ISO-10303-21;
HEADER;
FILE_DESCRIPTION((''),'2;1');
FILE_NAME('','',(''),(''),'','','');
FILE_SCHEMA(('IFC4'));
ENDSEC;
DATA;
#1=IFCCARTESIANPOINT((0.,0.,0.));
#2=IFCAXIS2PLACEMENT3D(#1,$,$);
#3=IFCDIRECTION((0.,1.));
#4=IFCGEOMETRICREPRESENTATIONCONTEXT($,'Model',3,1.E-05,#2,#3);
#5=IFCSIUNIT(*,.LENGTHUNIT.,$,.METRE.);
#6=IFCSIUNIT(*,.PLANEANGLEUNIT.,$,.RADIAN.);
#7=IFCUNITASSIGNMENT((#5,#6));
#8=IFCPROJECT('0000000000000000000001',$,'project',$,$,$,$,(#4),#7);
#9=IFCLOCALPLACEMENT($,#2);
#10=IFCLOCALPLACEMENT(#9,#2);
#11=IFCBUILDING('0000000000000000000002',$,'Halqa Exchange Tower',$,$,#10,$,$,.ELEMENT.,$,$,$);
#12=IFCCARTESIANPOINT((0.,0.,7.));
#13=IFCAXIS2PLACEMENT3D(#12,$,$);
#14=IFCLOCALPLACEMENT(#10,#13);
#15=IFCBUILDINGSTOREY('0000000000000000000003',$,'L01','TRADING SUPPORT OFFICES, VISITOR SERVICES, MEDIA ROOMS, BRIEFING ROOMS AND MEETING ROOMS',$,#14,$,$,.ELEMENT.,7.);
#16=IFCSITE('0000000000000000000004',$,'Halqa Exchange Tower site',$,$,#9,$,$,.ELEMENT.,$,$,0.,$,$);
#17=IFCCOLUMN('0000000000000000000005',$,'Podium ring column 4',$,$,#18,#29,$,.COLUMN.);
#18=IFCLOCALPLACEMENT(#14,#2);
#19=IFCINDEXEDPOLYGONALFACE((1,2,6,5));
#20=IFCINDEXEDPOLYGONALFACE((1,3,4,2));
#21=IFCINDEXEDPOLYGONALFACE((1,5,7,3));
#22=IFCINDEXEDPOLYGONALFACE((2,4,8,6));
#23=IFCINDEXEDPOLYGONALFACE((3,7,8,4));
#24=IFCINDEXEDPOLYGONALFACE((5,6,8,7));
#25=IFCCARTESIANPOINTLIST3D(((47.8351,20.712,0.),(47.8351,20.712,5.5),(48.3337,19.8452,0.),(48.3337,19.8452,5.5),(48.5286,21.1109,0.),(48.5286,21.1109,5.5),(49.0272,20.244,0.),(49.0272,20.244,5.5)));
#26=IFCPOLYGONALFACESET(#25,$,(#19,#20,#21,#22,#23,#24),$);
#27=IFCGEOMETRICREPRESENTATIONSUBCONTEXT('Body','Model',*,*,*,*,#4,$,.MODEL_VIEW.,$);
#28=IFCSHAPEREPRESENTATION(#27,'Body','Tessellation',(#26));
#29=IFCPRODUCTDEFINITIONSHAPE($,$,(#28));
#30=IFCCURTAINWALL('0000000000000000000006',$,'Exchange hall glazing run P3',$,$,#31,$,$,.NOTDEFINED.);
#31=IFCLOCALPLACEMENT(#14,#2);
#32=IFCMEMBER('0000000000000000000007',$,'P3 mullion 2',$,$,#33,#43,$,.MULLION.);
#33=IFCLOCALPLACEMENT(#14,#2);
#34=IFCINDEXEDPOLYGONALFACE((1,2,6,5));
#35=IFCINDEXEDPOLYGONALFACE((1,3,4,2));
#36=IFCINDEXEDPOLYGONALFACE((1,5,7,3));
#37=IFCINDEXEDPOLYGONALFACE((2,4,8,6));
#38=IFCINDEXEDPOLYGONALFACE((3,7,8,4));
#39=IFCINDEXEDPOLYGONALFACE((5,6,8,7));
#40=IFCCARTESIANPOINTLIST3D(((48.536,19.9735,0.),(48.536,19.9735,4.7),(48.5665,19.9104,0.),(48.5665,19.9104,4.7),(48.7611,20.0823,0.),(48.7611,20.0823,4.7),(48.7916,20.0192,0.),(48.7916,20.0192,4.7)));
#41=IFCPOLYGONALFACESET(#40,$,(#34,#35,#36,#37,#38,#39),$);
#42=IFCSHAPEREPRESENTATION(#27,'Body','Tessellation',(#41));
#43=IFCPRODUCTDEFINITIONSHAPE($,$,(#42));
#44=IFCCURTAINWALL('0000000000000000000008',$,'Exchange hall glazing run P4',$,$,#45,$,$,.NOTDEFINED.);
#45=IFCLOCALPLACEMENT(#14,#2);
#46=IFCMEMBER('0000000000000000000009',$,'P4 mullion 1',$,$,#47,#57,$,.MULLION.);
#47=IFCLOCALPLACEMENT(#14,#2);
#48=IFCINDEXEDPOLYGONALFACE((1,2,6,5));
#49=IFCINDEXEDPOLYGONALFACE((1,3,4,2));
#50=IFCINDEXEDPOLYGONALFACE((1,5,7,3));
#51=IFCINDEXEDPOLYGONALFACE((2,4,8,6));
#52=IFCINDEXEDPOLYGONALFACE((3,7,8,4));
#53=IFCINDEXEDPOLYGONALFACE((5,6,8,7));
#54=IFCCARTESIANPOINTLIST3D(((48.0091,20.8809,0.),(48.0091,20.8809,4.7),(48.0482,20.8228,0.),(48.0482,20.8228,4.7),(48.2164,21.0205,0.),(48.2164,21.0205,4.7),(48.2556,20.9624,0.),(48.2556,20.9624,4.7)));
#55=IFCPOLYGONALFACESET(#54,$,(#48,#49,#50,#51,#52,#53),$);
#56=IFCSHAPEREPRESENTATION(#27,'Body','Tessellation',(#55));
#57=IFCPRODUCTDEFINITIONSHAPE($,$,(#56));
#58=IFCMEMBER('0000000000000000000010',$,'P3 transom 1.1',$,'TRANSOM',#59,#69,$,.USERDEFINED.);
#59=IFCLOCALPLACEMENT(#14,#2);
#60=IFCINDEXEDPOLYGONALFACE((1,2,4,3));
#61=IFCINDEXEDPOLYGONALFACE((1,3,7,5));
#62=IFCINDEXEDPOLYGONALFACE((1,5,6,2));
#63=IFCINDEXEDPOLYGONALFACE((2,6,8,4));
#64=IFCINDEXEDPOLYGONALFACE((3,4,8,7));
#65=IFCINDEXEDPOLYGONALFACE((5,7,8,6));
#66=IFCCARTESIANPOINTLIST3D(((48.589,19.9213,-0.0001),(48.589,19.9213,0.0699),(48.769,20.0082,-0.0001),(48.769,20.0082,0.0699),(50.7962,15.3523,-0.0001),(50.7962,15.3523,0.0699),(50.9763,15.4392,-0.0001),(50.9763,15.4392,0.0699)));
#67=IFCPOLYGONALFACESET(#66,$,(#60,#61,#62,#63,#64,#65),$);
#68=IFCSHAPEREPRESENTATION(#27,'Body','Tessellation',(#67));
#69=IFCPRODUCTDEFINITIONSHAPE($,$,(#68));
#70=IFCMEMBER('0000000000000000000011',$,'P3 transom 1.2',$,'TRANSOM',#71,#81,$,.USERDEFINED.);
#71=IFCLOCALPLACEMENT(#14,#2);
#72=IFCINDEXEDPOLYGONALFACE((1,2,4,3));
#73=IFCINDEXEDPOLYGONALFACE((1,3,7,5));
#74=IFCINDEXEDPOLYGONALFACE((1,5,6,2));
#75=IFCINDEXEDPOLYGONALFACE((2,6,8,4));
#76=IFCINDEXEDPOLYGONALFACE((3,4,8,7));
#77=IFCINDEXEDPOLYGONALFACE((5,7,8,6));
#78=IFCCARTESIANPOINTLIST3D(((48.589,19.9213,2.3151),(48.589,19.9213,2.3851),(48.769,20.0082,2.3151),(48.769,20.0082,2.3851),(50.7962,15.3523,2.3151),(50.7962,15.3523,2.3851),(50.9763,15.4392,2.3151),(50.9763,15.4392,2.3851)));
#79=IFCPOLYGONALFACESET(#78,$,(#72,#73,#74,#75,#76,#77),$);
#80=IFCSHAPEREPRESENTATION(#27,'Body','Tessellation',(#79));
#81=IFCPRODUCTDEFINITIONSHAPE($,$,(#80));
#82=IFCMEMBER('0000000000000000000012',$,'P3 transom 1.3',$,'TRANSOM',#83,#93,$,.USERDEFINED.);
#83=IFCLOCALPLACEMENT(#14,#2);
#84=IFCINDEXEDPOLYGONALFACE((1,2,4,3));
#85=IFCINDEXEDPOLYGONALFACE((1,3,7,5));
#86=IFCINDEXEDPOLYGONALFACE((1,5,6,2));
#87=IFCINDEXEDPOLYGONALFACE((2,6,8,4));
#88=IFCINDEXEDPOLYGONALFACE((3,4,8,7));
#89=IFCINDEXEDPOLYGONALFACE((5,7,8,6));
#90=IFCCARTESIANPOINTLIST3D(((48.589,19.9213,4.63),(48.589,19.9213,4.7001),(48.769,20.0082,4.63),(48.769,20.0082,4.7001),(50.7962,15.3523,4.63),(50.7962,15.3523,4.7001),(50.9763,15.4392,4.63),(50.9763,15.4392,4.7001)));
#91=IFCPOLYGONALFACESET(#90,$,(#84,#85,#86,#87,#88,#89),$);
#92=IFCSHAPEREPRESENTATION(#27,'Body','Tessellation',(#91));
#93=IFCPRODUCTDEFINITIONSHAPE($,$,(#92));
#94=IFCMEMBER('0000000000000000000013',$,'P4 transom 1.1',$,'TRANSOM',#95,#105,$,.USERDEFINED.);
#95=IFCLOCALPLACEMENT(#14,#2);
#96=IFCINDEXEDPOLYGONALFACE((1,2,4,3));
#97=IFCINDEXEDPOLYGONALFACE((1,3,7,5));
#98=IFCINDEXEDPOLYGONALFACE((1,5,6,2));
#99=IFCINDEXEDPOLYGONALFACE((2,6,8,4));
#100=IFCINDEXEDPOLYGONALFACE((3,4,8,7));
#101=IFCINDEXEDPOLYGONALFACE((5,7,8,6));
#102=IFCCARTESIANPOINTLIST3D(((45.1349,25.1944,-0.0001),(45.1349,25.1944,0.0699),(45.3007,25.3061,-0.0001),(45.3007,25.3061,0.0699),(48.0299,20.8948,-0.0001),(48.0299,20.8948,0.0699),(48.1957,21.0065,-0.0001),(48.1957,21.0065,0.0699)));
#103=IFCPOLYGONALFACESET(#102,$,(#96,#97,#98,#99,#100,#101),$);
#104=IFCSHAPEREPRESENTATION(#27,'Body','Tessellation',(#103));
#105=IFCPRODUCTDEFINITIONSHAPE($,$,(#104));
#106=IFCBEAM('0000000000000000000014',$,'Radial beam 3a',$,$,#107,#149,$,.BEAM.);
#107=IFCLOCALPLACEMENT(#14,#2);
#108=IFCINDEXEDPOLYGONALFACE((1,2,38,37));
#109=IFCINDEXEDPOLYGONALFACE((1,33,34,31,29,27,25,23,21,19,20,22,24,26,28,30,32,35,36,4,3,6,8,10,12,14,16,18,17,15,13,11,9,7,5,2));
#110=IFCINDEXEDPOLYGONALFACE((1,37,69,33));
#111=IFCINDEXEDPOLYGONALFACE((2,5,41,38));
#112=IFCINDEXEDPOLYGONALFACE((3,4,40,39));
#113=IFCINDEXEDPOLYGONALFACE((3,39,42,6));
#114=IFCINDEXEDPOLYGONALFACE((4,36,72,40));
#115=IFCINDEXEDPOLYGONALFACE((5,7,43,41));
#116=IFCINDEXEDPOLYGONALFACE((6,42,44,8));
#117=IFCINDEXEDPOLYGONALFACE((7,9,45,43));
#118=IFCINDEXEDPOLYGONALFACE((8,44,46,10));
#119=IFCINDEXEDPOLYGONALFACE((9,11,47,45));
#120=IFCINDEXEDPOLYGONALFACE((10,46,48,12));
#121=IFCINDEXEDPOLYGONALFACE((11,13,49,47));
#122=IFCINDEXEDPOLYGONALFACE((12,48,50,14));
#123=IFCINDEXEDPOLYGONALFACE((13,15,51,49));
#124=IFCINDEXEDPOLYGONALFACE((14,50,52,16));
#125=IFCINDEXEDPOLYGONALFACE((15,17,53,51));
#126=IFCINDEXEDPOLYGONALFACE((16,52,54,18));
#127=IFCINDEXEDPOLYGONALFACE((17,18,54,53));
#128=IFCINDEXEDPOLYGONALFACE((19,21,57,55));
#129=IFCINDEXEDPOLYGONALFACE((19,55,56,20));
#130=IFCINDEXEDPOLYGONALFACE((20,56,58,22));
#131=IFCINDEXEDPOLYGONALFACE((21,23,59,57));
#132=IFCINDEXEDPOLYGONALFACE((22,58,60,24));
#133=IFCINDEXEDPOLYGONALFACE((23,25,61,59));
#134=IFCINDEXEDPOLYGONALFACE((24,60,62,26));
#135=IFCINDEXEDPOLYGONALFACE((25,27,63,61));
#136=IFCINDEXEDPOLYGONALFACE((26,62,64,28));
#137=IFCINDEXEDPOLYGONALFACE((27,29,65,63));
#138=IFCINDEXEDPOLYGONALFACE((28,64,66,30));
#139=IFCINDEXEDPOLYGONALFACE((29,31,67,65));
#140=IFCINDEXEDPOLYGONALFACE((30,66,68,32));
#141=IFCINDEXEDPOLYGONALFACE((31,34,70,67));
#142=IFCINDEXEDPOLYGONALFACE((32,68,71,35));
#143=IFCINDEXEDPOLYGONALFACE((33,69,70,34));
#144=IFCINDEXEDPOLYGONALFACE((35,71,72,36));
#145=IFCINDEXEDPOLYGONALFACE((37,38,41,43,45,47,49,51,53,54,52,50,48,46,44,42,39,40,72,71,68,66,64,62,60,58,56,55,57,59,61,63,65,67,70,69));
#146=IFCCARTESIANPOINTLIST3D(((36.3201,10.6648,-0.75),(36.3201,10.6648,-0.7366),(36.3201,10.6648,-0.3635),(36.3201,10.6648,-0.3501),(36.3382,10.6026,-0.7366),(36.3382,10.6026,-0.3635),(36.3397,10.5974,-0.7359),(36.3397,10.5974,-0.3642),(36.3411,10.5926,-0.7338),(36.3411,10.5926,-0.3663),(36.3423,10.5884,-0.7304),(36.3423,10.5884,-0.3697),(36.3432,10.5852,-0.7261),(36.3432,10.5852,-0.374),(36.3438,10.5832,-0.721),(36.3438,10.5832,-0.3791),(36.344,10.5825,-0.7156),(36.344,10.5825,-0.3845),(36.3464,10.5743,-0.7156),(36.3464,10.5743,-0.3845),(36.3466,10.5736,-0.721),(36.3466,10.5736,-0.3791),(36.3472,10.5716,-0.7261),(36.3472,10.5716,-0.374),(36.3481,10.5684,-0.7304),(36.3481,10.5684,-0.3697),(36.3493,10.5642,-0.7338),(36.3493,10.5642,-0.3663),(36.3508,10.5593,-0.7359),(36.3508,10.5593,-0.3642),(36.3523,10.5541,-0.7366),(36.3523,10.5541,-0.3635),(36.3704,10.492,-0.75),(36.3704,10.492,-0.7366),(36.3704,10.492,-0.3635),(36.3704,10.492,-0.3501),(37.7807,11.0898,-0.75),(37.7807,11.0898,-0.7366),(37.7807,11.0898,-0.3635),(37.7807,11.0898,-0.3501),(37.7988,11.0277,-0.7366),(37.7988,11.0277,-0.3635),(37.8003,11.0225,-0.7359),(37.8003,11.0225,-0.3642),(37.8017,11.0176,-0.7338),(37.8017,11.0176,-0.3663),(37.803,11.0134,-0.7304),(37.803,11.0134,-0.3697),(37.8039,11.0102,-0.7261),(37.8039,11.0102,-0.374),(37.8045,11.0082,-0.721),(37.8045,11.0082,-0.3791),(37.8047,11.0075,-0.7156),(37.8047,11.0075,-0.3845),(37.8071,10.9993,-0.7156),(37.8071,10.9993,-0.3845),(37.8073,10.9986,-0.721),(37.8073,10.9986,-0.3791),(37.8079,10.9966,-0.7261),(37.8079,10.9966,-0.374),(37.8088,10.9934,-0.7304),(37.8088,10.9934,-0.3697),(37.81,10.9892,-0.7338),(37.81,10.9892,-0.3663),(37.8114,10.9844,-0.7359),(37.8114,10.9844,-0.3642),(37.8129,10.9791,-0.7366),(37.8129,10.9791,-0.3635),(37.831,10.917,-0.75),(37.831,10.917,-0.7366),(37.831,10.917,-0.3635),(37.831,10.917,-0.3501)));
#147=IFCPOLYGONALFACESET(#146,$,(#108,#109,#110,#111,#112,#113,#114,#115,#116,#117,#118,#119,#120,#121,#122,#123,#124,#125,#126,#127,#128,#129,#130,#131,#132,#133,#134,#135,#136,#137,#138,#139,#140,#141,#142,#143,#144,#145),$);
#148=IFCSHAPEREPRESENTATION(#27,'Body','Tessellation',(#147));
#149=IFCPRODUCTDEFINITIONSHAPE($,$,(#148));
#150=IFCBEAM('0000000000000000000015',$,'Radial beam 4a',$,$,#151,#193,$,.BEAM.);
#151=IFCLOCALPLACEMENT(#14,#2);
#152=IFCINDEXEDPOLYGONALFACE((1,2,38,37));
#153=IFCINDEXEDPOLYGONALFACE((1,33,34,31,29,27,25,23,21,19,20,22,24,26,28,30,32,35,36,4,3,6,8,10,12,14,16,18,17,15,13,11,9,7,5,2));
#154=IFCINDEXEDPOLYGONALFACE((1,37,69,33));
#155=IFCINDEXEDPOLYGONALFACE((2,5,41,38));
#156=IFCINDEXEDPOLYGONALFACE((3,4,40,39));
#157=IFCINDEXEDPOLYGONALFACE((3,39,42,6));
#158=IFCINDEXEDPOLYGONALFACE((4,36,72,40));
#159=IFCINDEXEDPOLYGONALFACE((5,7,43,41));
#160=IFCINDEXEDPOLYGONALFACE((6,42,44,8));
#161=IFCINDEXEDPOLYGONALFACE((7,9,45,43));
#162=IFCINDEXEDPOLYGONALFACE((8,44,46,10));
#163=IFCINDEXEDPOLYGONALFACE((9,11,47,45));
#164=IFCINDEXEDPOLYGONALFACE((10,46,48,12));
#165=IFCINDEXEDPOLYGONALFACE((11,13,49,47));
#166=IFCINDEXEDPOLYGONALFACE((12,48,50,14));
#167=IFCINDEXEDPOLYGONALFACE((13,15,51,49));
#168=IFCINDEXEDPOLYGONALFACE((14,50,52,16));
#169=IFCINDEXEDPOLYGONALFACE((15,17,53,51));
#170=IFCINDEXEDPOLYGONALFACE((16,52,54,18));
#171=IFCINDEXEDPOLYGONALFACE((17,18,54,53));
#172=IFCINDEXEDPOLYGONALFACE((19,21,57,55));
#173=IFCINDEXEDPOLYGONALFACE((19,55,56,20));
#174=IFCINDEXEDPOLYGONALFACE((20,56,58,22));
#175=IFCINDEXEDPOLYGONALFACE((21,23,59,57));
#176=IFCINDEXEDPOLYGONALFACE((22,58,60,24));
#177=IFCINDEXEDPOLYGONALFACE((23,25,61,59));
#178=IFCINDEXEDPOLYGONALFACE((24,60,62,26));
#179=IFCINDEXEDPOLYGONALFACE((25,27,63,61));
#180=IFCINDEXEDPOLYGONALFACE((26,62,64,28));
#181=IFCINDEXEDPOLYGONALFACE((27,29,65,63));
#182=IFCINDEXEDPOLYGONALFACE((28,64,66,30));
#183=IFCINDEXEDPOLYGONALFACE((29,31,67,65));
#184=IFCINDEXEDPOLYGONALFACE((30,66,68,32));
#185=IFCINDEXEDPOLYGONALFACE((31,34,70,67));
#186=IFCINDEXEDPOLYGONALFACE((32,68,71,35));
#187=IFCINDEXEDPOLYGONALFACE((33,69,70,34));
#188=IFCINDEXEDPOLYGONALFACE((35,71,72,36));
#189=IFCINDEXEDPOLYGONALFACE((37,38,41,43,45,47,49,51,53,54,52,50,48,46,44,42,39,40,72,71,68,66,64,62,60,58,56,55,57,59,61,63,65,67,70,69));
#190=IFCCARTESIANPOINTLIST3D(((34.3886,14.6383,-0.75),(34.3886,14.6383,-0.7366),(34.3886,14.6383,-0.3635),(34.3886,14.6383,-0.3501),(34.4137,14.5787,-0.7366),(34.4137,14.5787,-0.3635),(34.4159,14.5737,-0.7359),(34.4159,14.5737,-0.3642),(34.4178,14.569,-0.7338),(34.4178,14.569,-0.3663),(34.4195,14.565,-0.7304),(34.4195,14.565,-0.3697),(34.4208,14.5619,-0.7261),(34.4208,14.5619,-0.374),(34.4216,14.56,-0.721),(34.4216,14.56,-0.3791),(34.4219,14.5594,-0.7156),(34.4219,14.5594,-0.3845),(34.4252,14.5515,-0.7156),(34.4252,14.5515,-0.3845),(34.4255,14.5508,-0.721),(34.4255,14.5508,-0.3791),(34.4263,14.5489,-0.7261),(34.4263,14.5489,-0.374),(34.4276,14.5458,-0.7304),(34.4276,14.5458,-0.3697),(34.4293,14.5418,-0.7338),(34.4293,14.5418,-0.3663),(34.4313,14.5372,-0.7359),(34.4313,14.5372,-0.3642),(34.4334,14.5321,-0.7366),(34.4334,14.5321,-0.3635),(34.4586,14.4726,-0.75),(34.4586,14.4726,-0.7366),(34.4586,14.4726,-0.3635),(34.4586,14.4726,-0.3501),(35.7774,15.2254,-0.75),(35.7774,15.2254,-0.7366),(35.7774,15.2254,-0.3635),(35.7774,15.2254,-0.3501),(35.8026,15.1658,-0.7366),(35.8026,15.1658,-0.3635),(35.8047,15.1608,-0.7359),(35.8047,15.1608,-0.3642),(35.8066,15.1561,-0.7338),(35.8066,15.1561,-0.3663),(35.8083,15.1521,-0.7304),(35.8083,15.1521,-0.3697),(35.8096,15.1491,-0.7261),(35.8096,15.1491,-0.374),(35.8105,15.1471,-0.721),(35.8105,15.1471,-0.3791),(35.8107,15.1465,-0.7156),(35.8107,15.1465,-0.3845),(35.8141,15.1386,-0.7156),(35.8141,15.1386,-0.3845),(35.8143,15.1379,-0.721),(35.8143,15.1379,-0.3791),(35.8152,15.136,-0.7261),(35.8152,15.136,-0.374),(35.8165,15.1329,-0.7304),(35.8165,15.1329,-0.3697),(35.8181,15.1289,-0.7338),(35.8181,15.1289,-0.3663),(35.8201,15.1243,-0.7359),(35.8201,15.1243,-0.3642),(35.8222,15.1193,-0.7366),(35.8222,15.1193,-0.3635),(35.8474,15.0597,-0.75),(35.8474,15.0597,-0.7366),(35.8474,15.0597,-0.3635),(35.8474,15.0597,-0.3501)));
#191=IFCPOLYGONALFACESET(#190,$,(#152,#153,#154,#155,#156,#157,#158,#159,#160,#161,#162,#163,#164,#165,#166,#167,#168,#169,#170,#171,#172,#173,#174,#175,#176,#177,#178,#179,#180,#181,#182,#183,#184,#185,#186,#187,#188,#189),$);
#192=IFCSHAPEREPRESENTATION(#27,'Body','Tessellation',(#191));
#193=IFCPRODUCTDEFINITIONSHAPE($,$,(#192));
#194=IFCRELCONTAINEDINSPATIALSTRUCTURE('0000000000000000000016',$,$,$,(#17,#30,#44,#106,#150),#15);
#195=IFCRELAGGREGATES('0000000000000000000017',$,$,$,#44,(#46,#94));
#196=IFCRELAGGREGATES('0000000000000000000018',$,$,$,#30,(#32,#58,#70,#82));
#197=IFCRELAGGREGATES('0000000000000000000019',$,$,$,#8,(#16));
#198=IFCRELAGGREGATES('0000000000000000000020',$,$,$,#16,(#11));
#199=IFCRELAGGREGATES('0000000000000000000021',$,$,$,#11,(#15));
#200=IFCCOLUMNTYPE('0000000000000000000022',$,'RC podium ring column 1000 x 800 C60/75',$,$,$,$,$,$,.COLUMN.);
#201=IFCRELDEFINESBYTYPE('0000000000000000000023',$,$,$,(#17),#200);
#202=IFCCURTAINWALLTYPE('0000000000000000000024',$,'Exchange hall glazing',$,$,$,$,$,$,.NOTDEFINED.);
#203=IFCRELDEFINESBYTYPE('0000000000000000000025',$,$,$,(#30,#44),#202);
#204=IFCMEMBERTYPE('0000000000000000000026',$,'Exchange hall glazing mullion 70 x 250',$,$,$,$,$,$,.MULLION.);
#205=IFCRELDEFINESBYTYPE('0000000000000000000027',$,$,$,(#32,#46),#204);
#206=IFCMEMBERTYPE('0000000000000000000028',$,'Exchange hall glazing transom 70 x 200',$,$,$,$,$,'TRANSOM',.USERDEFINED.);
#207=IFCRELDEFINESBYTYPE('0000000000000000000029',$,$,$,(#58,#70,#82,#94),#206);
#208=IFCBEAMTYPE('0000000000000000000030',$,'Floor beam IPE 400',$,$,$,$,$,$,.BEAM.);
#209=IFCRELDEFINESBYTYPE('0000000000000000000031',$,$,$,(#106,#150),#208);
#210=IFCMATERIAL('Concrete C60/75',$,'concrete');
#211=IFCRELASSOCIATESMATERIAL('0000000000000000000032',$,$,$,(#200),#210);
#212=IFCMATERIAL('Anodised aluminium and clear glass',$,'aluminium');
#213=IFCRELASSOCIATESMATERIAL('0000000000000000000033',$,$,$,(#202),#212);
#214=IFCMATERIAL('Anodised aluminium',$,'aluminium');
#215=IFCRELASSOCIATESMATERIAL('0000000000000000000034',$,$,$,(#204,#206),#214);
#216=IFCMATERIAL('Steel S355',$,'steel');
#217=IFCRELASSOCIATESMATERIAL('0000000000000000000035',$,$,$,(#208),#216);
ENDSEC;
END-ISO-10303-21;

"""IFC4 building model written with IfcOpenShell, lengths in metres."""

from ifc_helpers import new_model, si_unit, direction, frame, origin, origin_2d, place, context, subcontext, project, spatial, rectangle, i_section, extrude, material, material_profile, profile_set, type_object, element, aggregate, save


model = new_model("IFC4")

# Units and contexts
model_context = context("Model", 3, precision=1e-05, world=origin(), true_north=direction((0.0, 1.0)))
body_context = subcontext(model_context, "Body", "Model", "MODEL_VIEW")
ifc_project = project(units=[si_unit("LENGTHUNIT", "METRE"), si_unit("PLANEANGLEUNIT", "RADIAN")], contexts=[model_context])

# Site, building, storey
site_placement = place(None, origin())
site = spatial("IfcSite", under=ifc_project, at=site_placement, Name="Halqa Exchange Tower site", CompositionType="ELEMENT", RefElevation=0.0)
building_placement = place(site_placement, origin())
building = spatial("IfcBuilding", under=site, at=building_placement, Name="Halqa Exchange Tower", CompositionType="ELEMENT")
storey_placement = place(building_placement, frame((0.0, 0.0, 7.0)))
storey = spatial("IfcBuildingStorey", under=building, at=storey_placement, Name="L01", Description="TRADING SUPPORT OFFICES, VISITOR SERVICES, MEDIA ROOMS, BRIEFING ROOMS AND MEETING ROOMS", CompositionType="ELEMENT", Elevation=7.0)

# Column
ifc_material_1 = material(Name="Concrete C60/75", Category="concrete")
ifc_material_profile_1 = material_profile(ifc_material_1, rectangle(XDim=1.0, YDim=0.8, at=origin_2d()), Name="1000 x 800")
ifc_profile_set_1 = profile_set([ifc_material_profile_1], Name="Concrete C60/75")
column_type = type_object("IfcColumnType", Name="RC podium ring column 1000 x 800 C60/75", PredefinedType="COLUMN", material=ifc_profile_set_1)
column_placement = place(storey_placement, frame((48.4312, 20.478, 0.0), z_axis=(0.0, 0.0, 1.0), x_axis=(-0.498569, 0.86685, 0.0)))
element("IfcColumn", 1, at=column_placement, inside=storey, type_object=column_type, Name="Podium ring column 4", PredefinedType="COLUMN", context=body_context, shape_type="SweptSolid", body=[
    extrude(rectangle(XDim=1.0, YDim=0.8, at=origin_2d()), origin(), (0.0, 0.0, 1.0), 5.5),
])

# Curtain walls, members
ifc_material_2 = material(Name="Anodised aluminium and clear glass", Category="aluminium")
curtain_wall_type = type_object("IfcCurtainWallType", Name="Exchange hall glazing", PredefinedType="NOTDEFINED", material=ifc_material_2)
curtain_wall_1_placement = place(storey_placement, origin())
curtain_wall_1 = element("IfcCurtainWall", 2, at=curtain_wall_1_placement, inside=storey, type_object=curtain_wall_type, Name="Exchange hall glazing run P3", PredefinedType="NOTDEFINED")
ifc_material_3 = material(Name="Anodised aluminium", Category="aluminium")
ifc_material_profile_2 = material_profile(ifc_material_3, rectangle(XDim=0.25, YDim=0.0701, at=origin_2d()), Name="AL 70x250")
ifc_profile_set_2 = profile_set([ifc_material_profile_2], Name="Anodised aluminium")
member_type_1 = type_object("IfcMemberType", Name="Exchange hall glazing mullion 70 x 250", PredefinedType="MULLION", material=ifc_profile_set_2)
member_1_placement = place(storey_placement, frame((48.6638, 19.9963, 0.0), z_axis=(0.0, 0.0, 1.0), x_axis=(-0.900435, -0.43499, 0.0)))
member_1 = element("IfcMember", 3, at=member_1_placement, type_object=member_type_1, Name="P3 mullion 2", PredefinedType="MULLION", context=body_context, shape_type="SweptSolid", body=[
    extrude(rectangle(XDim=0.25, YDim=0.0701, at=origin_2d()), origin(), (0.0, 0.0, 1.0), 4.7),
])
curtain_wall_2_placement = place(storey_placement, origin())
curtain_wall_2 = element("IfcCurtainWall", 4, at=curtain_wall_2_placement, inside=storey, type_object=curtain_wall_type, Name="Exchange hall glazing run P4", PredefinedType="NOTDEFINED")
member_2_placement = place(storey_placement, frame((48.1323, 20.9216, 0.0), z_axis=(0.0, 0.0, 1.0), x_axis=(-0.82949, -0.558522, 0.0)))
member_2 = element("IfcMember", 5, at=member_2_placement, type_object=member_type_1, Name="P4 mullion 1", PredefinedType="MULLION", context=body_context, shape_type="SweptSolid", body=[
    extrude(rectangle(XDim=0.25, YDim=0.0701, at=origin_2d()), origin(), (0.0, 0.0, 1.0), 4.7),
])

# Members
ifc_material_profile_3 = material_profile(ifc_material_3, rectangle(XDim=0.2, YDim=0.0701, at=origin_2d()), Name="AL 70x200")
ifc_profile_set_3 = profile_set([ifc_material_profile_3], Name="Anodised aluminium")
member_type_2 = type_object("IfcMemberType", Name="Exchange hall glazing transom 70 x 200", ElementType="TRANSOM", PredefinedType="USERDEFINED", material=ifc_profile_set_3)
member_3_placement = place(storey_placement, frame((50.8862, 15.3958, 0.0349), z_axis=(-0.43499, 0.900435, 0.0), x_axis=(-0.900435, -0.43499, 0.0)))
member_3 = element("IfcMember", 6, at=member_3_placement, type_object=member_type_2, Name="P3 transom 1.1", ObjectType="TRANSOM", PredefinedType="USERDEFINED", context=body_context, shape_type="SweptSolid", body=[
    extrude(rectangle(XDim=0.2, YDim=0.0701, at=origin_2d()), origin(), (0.0, 0.0, 1.0), 5.0742),
])
member_4_placement = place(storey_placement, frame((50.8862, 15.3958, 2.3501), z_axis=(-0.43499, 0.900435, 0.0), x_axis=(-0.900435, -0.43499, 0.0)))
member_4 = element("IfcMember", 7, at=member_4_placement, type_object=member_type_2, Name="P3 transom 1.2", ObjectType="TRANSOM", PredefinedType="USERDEFINED", context=body_context, shape_type="SweptSolid", body=[
    extrude(rectangle(XDim=0.2, YDim=0.0701, at=origin_2d()), origin(), (0.0, 0.0, 1.0), 5.0742),
])
member_5_placement = place(storey_placement, frame((50.8862, 15.3958, 4.665), z_axis=(-0.43499, 0.900435, 0.0), x_axis=(-0.900435, -0.43499, 0.0)))
member_5 = element("IfcMember", 8, at=member_5_placement, type_object=member_type_2, Name="P3 transom 1.3", ObjectType="TRANSOM", PredefinedType="USERDEFINED", context=body_context, shape_type="SweptSolid", body=[
    extrude(rectangle(XDim=0.2, YDim=0.0701, at=origin_2d()), origin(), (0.0, 0.0, 1.0), 5.0742),
])
member_6_placement = place(storey_placement, frame((48.1128, 20.9507, 0.0349), z_axis=(-0.55852, 0.829491, 0.0), x_axis=(-0.829491, -0.55852, 0.0)))
member_6 = element("IfcMember", 9, at=member_6_placement, type_object=member_type_2, Name="P4 transom 1.1", ObjectType="TRANSOM", PredefinedType="USERDEFINED", context=body_context, shape_type="SweptSolid", body=[
    extrude(rectangle(XDim=0.2, YDim=0.0701, at=origin_2d()), origin(), (0.0, 0.0, 1.0), 5.1833),
])
aggregate(curtain_wall_2, [member_2, member_6])

# Beams
ifc_material_4 = material(Name="Steel S355", Category="steel")
ifc_material_profile_4 = material_profile(ifc_material_4, i_section(OverallWidth=0.1799, OverallDepth=0.3999, WebThickness=0.0085, FlangeThickness=0.0134, FilletRadius=0.021, at=origin_2d()), Name="IPE 400")
ifc_profile_set_4 = profile_set([ifc_material_profile_4], Name="Steel S355")
beam_type_1 = type_object("IfcBeamType", Name="Floor beam IPE 400", PredefinedType="BEAM", material=ifc_profile_set_4)
beam_1_placement = place(storey_placement, frame((36.3452, 10.5784, -0.55), z_axis=(0.960174, 0.279402, 0.0), x_axis=(-0.279402, 0.960174, 0.0)))
element("IfcBeam", 10, at=beam_1_placement, inside=storey, type_object=beam_type_1, Name="Radial beam 3a", PredefinedType="BEAM", context=body_context, shape_type="SweptSolid", body=[
    extrude(i_section(OverallWidth=0.1799, OverallDepth=0.3999, WebThickness=0.0085, FlangeThickness=0.0134, FilletRadius=0.021, at=origin_2d()), origin(), (0.0, 0.0, 1.0), 1.5212),
])
beam_2_placement = place(storey_placement, frame((34.4236, 14.5554, -0.55), z_axis=(0.921077, 0.389381, 0.0), x_axis=(-0.389381, 0.921077, 0.0)))
element("IfcBeam", 11, at=beam_2_placement, inside=storey, type_object=beam_type_1, Name="Radial beam 4a", PredefinedType="BEAM", context=body_context, shape_type="SweptSolid", body=[
    extrude(i_section(OverallWidth=0.1799, OverallDepth=0.3999, WebThickness=0.0085, FlangeThickness=0.0134, FilletRadius=0.021, at=origin_2d()), origin(), (0.0, 0.0, 1.0), 1.5078),
])

aggregate(curtain_wall_1, [member_1, member_3, member_4, member_5])

save(model, "model.ifc")
